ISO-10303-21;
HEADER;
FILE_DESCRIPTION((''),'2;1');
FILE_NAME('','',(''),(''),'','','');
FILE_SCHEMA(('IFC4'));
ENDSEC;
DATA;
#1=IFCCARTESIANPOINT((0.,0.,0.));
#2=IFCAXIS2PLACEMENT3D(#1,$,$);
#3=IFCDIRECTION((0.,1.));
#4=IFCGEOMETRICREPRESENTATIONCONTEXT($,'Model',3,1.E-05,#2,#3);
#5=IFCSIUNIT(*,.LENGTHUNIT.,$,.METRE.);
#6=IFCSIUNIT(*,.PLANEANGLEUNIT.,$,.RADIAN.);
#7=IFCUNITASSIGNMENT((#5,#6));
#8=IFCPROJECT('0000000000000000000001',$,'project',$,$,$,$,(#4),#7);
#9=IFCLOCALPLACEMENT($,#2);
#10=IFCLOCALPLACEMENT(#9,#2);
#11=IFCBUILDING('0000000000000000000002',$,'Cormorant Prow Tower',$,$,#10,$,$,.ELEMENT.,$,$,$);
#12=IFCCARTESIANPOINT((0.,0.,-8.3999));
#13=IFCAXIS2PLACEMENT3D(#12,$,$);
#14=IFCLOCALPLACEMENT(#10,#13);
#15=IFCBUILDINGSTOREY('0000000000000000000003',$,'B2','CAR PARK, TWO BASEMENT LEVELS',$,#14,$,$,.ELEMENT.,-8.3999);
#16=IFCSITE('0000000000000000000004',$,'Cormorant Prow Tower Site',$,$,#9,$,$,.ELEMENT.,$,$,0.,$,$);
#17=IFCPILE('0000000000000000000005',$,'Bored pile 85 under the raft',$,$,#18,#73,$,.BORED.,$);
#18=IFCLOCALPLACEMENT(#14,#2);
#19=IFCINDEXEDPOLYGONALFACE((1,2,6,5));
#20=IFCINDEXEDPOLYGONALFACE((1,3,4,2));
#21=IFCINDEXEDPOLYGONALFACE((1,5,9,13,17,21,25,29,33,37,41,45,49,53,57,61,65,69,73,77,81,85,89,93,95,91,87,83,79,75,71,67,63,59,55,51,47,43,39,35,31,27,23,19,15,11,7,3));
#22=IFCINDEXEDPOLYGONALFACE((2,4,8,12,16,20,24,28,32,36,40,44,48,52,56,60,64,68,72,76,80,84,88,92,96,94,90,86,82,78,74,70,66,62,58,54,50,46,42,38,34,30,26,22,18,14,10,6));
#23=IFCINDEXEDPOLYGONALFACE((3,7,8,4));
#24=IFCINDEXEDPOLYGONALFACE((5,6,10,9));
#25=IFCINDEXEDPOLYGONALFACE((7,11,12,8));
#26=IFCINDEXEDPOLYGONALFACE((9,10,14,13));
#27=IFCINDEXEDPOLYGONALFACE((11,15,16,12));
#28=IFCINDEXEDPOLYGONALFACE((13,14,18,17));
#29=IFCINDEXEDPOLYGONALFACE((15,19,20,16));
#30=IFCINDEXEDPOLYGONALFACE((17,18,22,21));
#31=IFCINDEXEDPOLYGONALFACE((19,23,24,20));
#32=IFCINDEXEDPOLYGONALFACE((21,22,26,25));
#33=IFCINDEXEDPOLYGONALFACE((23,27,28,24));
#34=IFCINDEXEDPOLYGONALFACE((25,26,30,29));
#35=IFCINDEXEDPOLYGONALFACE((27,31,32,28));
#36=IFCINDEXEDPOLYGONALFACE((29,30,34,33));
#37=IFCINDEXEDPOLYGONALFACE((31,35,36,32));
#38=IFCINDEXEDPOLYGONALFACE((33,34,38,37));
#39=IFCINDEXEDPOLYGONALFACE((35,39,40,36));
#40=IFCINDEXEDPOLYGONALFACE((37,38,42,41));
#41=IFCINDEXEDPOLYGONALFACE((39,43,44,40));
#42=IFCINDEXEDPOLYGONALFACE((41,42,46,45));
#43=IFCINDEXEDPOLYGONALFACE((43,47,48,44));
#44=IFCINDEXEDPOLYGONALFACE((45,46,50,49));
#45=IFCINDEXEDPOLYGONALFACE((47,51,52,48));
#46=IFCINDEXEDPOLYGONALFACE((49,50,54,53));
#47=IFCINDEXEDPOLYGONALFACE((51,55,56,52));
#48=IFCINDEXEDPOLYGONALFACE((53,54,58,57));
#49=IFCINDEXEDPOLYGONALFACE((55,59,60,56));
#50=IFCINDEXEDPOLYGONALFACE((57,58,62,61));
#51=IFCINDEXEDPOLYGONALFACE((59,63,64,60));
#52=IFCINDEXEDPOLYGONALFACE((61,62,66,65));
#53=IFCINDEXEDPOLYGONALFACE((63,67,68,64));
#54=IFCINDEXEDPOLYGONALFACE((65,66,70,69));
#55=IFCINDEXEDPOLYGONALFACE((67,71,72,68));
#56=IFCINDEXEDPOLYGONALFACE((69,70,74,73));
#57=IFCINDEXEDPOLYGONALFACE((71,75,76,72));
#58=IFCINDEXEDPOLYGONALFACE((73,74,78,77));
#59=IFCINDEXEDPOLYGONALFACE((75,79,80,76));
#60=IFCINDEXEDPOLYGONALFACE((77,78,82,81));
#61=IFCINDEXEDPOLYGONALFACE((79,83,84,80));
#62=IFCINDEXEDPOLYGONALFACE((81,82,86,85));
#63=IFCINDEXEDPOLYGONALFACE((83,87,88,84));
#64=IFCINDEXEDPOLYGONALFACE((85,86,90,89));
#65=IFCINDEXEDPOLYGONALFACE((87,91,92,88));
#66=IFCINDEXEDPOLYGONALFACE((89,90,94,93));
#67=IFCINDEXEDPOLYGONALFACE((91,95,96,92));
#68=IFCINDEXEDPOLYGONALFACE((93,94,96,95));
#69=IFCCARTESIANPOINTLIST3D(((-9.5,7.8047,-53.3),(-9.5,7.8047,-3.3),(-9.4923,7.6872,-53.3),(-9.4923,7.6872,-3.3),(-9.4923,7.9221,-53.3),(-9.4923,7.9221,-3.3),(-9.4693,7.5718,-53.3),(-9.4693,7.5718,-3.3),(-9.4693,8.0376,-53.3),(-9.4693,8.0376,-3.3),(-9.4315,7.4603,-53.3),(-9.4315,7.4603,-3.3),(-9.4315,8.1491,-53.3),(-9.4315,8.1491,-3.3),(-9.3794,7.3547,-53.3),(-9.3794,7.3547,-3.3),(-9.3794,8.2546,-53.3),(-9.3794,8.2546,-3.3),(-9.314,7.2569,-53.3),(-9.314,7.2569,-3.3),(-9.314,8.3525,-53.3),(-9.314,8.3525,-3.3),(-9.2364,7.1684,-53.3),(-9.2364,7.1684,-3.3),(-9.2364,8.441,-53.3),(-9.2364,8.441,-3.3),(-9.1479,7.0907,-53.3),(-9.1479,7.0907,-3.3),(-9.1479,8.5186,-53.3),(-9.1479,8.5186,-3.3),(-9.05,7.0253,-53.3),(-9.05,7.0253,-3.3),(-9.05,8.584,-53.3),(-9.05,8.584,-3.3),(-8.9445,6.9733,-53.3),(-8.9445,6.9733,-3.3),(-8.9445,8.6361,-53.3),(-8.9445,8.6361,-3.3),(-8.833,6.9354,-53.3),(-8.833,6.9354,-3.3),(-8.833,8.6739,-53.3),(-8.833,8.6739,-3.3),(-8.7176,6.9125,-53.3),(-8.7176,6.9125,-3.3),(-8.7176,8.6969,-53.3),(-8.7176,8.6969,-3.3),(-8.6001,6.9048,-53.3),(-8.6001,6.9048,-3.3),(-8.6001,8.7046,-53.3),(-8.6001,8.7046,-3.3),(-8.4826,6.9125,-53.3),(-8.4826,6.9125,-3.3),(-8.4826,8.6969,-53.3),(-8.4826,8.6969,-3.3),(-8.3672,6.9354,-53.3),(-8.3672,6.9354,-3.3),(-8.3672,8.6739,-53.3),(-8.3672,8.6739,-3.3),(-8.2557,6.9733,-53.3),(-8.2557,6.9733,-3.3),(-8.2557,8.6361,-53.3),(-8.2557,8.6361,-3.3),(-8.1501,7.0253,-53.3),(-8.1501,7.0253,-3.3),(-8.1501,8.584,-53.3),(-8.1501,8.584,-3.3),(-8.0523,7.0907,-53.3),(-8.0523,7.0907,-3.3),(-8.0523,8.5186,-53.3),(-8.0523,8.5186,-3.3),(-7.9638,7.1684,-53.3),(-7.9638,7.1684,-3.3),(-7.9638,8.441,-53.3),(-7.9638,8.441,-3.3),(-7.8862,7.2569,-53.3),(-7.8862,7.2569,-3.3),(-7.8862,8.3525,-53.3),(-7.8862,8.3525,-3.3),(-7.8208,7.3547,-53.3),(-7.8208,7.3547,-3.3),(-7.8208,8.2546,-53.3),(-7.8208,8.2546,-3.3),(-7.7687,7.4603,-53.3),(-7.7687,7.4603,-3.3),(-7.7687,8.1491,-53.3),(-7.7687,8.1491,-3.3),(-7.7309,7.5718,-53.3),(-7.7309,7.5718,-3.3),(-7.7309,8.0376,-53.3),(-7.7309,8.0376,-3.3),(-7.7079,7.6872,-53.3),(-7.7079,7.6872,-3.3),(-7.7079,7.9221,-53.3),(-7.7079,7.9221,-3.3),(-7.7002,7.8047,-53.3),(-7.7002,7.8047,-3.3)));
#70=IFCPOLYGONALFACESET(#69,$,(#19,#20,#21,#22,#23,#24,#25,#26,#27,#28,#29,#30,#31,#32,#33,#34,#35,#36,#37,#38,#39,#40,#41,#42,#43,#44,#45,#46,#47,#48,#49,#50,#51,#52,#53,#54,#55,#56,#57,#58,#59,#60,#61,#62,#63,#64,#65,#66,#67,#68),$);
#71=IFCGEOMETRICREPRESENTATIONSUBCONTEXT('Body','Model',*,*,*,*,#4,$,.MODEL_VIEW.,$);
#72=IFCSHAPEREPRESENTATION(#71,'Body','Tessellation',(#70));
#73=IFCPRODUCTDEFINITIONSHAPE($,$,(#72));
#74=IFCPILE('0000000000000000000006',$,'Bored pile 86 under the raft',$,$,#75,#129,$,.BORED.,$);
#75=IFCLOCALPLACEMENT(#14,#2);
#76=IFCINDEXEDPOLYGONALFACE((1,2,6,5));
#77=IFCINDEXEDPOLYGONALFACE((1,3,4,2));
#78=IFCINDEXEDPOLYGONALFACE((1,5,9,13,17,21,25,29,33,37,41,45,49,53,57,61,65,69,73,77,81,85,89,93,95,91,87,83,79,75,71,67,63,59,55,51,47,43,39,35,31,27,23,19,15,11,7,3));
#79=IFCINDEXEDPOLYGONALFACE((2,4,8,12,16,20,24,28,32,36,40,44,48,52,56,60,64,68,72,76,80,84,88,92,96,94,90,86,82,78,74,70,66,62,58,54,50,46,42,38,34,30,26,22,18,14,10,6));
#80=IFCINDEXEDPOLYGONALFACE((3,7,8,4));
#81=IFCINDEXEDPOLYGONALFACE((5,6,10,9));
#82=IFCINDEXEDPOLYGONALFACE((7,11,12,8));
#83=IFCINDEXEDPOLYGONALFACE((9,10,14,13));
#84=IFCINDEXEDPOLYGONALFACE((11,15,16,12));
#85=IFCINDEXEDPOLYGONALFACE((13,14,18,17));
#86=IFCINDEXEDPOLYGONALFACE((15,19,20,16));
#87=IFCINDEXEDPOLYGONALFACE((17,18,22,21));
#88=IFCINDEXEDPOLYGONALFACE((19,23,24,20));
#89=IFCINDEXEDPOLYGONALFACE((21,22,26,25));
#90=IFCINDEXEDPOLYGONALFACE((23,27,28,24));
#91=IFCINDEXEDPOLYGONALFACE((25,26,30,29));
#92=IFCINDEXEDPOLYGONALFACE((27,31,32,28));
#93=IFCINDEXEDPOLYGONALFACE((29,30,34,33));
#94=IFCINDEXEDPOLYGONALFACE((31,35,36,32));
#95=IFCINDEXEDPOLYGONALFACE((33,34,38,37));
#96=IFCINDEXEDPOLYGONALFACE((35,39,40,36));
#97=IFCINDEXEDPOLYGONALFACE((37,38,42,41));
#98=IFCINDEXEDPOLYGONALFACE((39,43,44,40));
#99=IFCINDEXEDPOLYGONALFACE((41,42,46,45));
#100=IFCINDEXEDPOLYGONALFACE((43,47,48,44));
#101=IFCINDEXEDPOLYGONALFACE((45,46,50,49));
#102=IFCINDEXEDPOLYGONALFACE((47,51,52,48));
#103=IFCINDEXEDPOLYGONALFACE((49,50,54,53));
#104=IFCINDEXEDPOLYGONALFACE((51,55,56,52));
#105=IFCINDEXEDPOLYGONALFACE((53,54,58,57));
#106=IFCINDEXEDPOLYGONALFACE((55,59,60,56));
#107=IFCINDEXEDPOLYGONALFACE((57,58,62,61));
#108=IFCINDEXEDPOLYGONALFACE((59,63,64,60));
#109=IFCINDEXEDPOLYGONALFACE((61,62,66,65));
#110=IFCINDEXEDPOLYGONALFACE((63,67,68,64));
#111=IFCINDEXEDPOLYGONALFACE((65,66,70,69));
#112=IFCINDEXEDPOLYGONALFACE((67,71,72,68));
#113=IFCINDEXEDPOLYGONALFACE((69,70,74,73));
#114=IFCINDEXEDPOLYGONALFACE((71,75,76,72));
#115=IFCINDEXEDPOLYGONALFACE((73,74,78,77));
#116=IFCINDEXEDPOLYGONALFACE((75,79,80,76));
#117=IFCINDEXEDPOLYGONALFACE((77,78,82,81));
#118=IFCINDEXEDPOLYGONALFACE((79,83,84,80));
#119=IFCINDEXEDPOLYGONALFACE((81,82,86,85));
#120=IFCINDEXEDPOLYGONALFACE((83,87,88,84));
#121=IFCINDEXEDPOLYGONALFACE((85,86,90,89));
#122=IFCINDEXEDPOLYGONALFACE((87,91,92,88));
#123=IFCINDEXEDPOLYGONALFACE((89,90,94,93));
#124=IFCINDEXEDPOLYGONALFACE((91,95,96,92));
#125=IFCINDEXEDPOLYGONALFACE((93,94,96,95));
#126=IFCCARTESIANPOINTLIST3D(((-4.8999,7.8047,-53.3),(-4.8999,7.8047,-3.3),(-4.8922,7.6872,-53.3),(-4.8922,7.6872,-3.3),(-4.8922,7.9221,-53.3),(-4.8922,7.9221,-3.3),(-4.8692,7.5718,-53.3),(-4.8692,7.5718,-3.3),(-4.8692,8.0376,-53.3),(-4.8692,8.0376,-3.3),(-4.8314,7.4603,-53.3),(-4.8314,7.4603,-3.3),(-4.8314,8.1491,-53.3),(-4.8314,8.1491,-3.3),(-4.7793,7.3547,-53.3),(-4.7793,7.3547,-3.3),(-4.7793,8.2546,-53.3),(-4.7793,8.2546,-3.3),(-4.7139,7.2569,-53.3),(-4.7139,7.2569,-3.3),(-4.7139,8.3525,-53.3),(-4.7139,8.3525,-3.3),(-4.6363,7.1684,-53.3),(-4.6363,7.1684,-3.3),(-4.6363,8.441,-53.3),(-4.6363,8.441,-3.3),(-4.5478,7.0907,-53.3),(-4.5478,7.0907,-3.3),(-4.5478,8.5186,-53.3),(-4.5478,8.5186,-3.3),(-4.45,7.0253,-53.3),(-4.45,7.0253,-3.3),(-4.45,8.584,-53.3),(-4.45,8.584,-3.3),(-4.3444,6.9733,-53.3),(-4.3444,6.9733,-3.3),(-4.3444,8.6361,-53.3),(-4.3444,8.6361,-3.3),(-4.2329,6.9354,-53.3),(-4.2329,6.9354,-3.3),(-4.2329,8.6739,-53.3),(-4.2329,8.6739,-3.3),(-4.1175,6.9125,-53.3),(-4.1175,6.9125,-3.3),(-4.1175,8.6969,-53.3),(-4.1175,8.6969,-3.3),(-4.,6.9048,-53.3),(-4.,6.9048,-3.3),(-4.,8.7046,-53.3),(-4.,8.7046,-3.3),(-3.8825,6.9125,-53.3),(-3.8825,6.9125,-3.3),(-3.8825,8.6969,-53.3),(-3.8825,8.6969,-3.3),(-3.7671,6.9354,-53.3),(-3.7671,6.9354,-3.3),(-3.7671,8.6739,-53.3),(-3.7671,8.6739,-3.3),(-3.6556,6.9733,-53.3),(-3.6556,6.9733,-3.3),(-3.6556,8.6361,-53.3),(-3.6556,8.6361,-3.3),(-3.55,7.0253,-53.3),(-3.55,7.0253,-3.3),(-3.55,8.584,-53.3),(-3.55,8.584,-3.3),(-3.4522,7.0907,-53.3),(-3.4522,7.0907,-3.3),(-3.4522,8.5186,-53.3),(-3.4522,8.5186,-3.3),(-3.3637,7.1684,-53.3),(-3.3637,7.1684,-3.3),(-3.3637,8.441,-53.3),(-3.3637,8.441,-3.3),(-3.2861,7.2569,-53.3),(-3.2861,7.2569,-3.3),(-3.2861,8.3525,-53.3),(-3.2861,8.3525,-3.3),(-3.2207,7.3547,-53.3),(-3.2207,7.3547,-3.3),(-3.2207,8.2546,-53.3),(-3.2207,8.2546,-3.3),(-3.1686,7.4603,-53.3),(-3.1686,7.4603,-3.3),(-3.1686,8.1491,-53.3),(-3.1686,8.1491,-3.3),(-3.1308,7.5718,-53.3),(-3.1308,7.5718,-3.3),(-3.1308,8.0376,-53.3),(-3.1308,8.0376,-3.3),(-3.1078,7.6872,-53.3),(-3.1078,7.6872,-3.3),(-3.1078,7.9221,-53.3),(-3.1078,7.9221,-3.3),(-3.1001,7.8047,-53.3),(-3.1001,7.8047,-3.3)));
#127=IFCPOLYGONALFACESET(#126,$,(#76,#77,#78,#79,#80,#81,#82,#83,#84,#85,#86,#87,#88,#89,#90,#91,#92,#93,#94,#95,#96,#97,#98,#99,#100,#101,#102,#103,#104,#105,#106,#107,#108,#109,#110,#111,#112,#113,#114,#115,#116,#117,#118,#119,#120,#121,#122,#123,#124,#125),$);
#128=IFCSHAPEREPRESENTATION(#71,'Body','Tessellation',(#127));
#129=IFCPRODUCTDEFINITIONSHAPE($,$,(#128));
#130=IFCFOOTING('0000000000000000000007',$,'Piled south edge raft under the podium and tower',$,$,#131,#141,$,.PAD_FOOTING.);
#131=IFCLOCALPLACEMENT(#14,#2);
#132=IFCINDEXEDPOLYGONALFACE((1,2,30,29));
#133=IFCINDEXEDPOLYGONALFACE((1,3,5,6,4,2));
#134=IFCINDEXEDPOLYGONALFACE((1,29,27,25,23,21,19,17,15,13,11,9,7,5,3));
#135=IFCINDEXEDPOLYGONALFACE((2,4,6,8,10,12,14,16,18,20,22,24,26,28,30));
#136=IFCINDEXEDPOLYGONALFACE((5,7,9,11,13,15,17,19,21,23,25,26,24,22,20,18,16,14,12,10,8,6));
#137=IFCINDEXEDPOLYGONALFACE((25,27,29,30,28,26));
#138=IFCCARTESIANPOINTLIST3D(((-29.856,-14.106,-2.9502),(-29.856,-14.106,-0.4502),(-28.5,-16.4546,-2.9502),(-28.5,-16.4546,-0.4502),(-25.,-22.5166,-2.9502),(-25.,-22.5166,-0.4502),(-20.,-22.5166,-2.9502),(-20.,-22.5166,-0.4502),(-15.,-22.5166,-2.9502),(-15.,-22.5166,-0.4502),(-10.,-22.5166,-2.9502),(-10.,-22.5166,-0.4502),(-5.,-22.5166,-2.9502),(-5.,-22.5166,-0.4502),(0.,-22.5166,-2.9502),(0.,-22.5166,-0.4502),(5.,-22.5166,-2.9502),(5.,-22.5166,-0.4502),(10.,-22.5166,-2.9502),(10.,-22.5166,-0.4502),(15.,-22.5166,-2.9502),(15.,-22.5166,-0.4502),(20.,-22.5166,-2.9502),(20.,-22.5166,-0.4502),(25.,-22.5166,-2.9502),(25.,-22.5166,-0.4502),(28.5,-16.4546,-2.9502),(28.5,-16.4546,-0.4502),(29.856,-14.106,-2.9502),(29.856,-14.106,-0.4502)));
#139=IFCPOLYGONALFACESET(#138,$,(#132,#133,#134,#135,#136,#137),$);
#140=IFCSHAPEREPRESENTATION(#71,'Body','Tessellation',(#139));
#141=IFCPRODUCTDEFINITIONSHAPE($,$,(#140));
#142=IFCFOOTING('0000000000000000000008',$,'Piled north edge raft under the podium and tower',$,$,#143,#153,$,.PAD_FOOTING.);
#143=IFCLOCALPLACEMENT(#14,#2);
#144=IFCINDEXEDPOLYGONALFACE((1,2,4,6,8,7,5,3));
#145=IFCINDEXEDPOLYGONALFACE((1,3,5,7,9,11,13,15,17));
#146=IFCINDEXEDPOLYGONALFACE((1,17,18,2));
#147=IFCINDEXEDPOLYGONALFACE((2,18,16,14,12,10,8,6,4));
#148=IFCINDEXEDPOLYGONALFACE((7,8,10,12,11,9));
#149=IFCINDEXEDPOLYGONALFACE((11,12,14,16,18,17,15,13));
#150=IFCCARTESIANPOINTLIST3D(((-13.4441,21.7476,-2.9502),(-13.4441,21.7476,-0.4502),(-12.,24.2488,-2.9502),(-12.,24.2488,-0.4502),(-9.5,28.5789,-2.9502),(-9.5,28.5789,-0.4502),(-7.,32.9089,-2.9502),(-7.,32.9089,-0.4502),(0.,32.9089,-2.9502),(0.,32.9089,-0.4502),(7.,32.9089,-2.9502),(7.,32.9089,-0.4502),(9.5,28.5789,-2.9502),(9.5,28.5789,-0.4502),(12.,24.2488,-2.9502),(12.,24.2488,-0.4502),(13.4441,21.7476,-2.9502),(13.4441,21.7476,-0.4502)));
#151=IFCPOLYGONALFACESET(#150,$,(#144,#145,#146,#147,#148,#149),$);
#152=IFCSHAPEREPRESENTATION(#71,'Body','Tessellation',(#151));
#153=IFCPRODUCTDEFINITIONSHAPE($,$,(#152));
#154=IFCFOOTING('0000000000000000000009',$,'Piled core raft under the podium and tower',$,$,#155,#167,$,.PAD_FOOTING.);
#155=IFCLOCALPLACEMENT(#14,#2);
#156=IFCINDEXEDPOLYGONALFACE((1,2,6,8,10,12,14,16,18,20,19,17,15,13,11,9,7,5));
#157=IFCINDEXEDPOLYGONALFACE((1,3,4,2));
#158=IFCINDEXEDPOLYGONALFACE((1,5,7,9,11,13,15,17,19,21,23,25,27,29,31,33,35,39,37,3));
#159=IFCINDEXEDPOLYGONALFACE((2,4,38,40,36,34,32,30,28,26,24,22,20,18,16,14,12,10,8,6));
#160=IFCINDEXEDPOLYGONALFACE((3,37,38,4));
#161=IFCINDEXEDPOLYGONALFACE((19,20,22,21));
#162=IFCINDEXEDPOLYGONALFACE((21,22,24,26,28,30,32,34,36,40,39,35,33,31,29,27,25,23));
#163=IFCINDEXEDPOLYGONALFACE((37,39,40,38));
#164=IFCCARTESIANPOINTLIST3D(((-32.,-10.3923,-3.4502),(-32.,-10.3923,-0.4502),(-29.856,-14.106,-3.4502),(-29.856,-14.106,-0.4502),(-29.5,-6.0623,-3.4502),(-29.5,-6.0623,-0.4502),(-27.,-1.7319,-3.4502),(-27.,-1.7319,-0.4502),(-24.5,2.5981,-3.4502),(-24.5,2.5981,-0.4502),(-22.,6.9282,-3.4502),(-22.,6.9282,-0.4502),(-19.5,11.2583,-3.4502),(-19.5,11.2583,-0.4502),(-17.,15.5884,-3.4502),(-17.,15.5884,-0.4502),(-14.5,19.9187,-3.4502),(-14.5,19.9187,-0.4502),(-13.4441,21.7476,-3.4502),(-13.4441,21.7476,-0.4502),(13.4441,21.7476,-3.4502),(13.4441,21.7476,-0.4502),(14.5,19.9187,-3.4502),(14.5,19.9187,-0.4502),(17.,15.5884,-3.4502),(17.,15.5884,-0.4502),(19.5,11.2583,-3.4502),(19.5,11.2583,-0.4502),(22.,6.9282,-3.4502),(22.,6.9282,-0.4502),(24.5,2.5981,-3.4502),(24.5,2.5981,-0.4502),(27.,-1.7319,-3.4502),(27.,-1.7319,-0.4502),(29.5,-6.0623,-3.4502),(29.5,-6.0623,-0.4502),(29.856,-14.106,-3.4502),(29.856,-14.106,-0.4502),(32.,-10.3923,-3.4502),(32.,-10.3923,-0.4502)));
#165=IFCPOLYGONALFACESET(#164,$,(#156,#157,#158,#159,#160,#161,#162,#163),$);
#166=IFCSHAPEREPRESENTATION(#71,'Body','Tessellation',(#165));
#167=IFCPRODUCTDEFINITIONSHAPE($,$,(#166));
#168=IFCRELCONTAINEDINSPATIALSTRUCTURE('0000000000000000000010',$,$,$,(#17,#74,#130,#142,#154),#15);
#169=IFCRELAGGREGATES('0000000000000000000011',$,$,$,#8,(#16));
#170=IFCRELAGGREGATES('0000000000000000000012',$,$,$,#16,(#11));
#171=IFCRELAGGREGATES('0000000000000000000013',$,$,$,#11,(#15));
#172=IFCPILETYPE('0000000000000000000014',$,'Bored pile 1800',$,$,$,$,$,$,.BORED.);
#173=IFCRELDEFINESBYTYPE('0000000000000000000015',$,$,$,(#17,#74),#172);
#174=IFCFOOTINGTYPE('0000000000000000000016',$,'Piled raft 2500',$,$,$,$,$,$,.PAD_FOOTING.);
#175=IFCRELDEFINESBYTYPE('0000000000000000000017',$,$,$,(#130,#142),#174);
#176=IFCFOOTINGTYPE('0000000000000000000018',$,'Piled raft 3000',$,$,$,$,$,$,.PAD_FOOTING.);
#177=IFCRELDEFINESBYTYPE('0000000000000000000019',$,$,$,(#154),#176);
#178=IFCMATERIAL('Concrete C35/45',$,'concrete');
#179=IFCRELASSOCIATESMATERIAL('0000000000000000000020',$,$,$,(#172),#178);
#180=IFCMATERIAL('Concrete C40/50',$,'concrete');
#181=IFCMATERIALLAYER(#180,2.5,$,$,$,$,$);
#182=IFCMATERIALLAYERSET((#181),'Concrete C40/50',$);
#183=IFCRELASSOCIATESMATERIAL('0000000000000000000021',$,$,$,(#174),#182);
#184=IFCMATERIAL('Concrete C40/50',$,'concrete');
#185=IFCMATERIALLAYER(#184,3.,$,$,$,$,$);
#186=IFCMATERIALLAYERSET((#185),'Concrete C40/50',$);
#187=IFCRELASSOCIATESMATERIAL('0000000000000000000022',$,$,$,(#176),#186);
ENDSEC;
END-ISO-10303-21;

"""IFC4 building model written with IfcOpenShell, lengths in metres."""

from ifc_helpers import new_model, si_unit, direction, frame, origin, origin_2d, place, context, subcontext, project, spatial, polyline, circle, outline, extrude, material, layer, layer_set, material_profile, profile_set, type_object, element, save


model = new_model("IFC4")

# Units and contexts
model_context = context("Model", 3, precision=1e-05, world=origin(), true_north=direction((0.0, 1.0)))
body_context = subcontext(model_context, "Body", "Model", "MODEL_VIEW")
ifc_project = project(units=[si_unit("LENGTHUNIT", "METRE"), si_unit("PLANEANGLEUNIT", "RADIAN")], contexts=[model_context])

# Site, building, storey
site_placement = place(None, origin())
site = spatial("IfcSite", under=ifc_project, at=site_placement, Name="Cormorant Prow Tower Site", CompositionType="ELEMENT", RefElevation=0.0)
building_placement = place(site_placement, origin())
building = spatial("IfcBuilding", under=site, at=building_placement, Name="Cormorant Prow Tower", CompositionType="ELEMENT")
storey_placement = place(building_placement, frame((0.0, 0.0, -8.3999)))
storey = spatial("IfcBuildingStorey", under=building, at=storey_placement, Name="B2", Description="CAR PARK, TWO BASEMENT LEVELS", CompositionType="ELEMENT", Elevation=-8.3999)

# Piles
ifc_material_1 = material(Name="Concrete C35/45", Category="concrete")
ifc_material_profile_1 = material_profile(ifc_material_1, circle(Radius=0.8999, at=origin_2d()), Name="Round 1800")
ifc_profile_set_1 = profile_set([ifc_material_profile_1], Name="Concrete C35/45")
pile_type_1 = type_object("IfcPileType", Name="Bored pile 1800", PredefinedType="BORED", material=ifc_profile_set_1)
for number, where, z_axis, x_axis, name in (
    (1, (-8.6001, 7.8047, -3.3), (0.0, 0.0, -1.0), (1.0, 0.0, 0.0), "Bored pile 85 under the raft"),
    (2, (-4.0, 7.8047, -3.3), (0.0, 0.0, -1.0), (1.0, 0.0, 0.0), "Bored pile 86 under the raft"),
):
    element("IfcPile", number, at=place(storey_placement, frame(where, z_axis=z_axis, x_axis=x_axis)), inside=storey, type_object=pile_type_1, Name=name, PredefinedType="BORED", context=body_context, shape_type="SweptSolid", body=[
        extrude(circle(Radius=0.8999, at=origin_2d()), origin(), (0.0, 0.0, 1.0), 50.0),
    ])

# Footings
ifc_material_2 = material(Name="Concrete C40/50", Category="concrete")
ifc_layer_1 = layer(ifc_material_2, 2.5)
ifc_layer_set_1 = layer_set([ifc_layer_1], Name="Concrete C40/50")
footing_type_1 = type_object("IfcFootingType", Name="Piled raft 2500", PredefinedType="PAD_FOOTING", material=ifc_layer_set_1)
footing_1_placement = place(storey_placement, frame((0.0, 0.0, -2.9502)))
element("IfcFooting", 3, at=footing_1_placement, inside=storey, type_object=footing_type_1, Name="Piled south edge raft under the podium and tower", PredefinedType="PAD_FOOTING", context=body_context, shape_type="SweptSolid", body=[
    extrude(outline(polyline([(28.5, -16.4546), (29.856, -14.106), (-29.856, -14.106), (-28.5, -16.4546), (-25.0, -22.5166), (-20.0, -22.5166), (-15.0, -22.5166), (-10.0, -22.5166), (-5.0, -22.5166), (0.0, -22.5166), (5.0, -22.5166), (10.0, -22.5166), (15.0, -22.5166), (20.0, -22.5166), (25.0, -22.5166), (28.5, -16.4546)])), origin(), (0.0, 0.0, 1.0), 2.5),
])
footing_2_placement = place(storey_placement, frame((0.0, 0.0, -2.9502)))
element("IfcFooting", 4, at=footing_2_placement, inside=storey, type_object=footing_type_1, Name="Piled north edge raft under the podium and tower", PredefinedType="PAD_FOOTING", context=body_context, shape_type="SweptSolid", body=[
    extrude(outline(polyline([(-12.0, 24.2488), (-13.4441, 21.7476), (13.4441, 21.7476), (12.0, 24.2488), (9.5, 28.5789), (7.0, 32.9089), (0.0, 32.9089), (-7.0, 32.9089), (-9.5, 28.5789), (-12.0, 24.2488)])), origin(), (0.0, 0.0, 1.0), 2.5),
])
ifc_material_3 = material(Name="Concrete C40/50", Category="concrete")
ifc_layer_2 = layer(ifc_material_3, 3.0)
ifc_layer_set_2 = layer_set([ifc_layer_2], Name="Concrete C40/50")
footing_type_2 = type_object("IfcFootingType", Name="Piled raft 3000", PredefinedType="PAD_FOOTING", material=ifc_layer_set_2)
footing_3_placement = place(storey_placement, frame((0.0, 0.0, -3.4502)))
element("IfcFooting", 5, at=footing_3_placement, inside=storey, type_object=footing_type_2, Name="Piled core raft under the podium and tower", PredefinedType="PAD_FOOTING", context=body_context, shape_type="SweptSolid", body=[
    extrude(outline(polyline([(14.5, 19.9187), (13.4441, 21.7476), (-13.4441, 21.7476), (-14.5, 19.9187), (-17.0, 15.5884), (-19.5, 11.2583), (-22.0, 6.9282), (-24.5, 2.5981), (-27.0, -1.7319), (-29.5, -6.0623), (-32.0, -10.3923), (-29.856, -14.106), (29.856, -14.106), (32.0, -10.3923), (29.5, -6.0623), (27.0, -1.7319), (24.5, 2.5981), (22.0, 6.9282), (19.5, 11.2583), (17.0, 15.5884), (14.5, 19.9187)])), origin(), (0.0, 0.0, 1.0), 3.0),
])

save(model, "model.ifc")
